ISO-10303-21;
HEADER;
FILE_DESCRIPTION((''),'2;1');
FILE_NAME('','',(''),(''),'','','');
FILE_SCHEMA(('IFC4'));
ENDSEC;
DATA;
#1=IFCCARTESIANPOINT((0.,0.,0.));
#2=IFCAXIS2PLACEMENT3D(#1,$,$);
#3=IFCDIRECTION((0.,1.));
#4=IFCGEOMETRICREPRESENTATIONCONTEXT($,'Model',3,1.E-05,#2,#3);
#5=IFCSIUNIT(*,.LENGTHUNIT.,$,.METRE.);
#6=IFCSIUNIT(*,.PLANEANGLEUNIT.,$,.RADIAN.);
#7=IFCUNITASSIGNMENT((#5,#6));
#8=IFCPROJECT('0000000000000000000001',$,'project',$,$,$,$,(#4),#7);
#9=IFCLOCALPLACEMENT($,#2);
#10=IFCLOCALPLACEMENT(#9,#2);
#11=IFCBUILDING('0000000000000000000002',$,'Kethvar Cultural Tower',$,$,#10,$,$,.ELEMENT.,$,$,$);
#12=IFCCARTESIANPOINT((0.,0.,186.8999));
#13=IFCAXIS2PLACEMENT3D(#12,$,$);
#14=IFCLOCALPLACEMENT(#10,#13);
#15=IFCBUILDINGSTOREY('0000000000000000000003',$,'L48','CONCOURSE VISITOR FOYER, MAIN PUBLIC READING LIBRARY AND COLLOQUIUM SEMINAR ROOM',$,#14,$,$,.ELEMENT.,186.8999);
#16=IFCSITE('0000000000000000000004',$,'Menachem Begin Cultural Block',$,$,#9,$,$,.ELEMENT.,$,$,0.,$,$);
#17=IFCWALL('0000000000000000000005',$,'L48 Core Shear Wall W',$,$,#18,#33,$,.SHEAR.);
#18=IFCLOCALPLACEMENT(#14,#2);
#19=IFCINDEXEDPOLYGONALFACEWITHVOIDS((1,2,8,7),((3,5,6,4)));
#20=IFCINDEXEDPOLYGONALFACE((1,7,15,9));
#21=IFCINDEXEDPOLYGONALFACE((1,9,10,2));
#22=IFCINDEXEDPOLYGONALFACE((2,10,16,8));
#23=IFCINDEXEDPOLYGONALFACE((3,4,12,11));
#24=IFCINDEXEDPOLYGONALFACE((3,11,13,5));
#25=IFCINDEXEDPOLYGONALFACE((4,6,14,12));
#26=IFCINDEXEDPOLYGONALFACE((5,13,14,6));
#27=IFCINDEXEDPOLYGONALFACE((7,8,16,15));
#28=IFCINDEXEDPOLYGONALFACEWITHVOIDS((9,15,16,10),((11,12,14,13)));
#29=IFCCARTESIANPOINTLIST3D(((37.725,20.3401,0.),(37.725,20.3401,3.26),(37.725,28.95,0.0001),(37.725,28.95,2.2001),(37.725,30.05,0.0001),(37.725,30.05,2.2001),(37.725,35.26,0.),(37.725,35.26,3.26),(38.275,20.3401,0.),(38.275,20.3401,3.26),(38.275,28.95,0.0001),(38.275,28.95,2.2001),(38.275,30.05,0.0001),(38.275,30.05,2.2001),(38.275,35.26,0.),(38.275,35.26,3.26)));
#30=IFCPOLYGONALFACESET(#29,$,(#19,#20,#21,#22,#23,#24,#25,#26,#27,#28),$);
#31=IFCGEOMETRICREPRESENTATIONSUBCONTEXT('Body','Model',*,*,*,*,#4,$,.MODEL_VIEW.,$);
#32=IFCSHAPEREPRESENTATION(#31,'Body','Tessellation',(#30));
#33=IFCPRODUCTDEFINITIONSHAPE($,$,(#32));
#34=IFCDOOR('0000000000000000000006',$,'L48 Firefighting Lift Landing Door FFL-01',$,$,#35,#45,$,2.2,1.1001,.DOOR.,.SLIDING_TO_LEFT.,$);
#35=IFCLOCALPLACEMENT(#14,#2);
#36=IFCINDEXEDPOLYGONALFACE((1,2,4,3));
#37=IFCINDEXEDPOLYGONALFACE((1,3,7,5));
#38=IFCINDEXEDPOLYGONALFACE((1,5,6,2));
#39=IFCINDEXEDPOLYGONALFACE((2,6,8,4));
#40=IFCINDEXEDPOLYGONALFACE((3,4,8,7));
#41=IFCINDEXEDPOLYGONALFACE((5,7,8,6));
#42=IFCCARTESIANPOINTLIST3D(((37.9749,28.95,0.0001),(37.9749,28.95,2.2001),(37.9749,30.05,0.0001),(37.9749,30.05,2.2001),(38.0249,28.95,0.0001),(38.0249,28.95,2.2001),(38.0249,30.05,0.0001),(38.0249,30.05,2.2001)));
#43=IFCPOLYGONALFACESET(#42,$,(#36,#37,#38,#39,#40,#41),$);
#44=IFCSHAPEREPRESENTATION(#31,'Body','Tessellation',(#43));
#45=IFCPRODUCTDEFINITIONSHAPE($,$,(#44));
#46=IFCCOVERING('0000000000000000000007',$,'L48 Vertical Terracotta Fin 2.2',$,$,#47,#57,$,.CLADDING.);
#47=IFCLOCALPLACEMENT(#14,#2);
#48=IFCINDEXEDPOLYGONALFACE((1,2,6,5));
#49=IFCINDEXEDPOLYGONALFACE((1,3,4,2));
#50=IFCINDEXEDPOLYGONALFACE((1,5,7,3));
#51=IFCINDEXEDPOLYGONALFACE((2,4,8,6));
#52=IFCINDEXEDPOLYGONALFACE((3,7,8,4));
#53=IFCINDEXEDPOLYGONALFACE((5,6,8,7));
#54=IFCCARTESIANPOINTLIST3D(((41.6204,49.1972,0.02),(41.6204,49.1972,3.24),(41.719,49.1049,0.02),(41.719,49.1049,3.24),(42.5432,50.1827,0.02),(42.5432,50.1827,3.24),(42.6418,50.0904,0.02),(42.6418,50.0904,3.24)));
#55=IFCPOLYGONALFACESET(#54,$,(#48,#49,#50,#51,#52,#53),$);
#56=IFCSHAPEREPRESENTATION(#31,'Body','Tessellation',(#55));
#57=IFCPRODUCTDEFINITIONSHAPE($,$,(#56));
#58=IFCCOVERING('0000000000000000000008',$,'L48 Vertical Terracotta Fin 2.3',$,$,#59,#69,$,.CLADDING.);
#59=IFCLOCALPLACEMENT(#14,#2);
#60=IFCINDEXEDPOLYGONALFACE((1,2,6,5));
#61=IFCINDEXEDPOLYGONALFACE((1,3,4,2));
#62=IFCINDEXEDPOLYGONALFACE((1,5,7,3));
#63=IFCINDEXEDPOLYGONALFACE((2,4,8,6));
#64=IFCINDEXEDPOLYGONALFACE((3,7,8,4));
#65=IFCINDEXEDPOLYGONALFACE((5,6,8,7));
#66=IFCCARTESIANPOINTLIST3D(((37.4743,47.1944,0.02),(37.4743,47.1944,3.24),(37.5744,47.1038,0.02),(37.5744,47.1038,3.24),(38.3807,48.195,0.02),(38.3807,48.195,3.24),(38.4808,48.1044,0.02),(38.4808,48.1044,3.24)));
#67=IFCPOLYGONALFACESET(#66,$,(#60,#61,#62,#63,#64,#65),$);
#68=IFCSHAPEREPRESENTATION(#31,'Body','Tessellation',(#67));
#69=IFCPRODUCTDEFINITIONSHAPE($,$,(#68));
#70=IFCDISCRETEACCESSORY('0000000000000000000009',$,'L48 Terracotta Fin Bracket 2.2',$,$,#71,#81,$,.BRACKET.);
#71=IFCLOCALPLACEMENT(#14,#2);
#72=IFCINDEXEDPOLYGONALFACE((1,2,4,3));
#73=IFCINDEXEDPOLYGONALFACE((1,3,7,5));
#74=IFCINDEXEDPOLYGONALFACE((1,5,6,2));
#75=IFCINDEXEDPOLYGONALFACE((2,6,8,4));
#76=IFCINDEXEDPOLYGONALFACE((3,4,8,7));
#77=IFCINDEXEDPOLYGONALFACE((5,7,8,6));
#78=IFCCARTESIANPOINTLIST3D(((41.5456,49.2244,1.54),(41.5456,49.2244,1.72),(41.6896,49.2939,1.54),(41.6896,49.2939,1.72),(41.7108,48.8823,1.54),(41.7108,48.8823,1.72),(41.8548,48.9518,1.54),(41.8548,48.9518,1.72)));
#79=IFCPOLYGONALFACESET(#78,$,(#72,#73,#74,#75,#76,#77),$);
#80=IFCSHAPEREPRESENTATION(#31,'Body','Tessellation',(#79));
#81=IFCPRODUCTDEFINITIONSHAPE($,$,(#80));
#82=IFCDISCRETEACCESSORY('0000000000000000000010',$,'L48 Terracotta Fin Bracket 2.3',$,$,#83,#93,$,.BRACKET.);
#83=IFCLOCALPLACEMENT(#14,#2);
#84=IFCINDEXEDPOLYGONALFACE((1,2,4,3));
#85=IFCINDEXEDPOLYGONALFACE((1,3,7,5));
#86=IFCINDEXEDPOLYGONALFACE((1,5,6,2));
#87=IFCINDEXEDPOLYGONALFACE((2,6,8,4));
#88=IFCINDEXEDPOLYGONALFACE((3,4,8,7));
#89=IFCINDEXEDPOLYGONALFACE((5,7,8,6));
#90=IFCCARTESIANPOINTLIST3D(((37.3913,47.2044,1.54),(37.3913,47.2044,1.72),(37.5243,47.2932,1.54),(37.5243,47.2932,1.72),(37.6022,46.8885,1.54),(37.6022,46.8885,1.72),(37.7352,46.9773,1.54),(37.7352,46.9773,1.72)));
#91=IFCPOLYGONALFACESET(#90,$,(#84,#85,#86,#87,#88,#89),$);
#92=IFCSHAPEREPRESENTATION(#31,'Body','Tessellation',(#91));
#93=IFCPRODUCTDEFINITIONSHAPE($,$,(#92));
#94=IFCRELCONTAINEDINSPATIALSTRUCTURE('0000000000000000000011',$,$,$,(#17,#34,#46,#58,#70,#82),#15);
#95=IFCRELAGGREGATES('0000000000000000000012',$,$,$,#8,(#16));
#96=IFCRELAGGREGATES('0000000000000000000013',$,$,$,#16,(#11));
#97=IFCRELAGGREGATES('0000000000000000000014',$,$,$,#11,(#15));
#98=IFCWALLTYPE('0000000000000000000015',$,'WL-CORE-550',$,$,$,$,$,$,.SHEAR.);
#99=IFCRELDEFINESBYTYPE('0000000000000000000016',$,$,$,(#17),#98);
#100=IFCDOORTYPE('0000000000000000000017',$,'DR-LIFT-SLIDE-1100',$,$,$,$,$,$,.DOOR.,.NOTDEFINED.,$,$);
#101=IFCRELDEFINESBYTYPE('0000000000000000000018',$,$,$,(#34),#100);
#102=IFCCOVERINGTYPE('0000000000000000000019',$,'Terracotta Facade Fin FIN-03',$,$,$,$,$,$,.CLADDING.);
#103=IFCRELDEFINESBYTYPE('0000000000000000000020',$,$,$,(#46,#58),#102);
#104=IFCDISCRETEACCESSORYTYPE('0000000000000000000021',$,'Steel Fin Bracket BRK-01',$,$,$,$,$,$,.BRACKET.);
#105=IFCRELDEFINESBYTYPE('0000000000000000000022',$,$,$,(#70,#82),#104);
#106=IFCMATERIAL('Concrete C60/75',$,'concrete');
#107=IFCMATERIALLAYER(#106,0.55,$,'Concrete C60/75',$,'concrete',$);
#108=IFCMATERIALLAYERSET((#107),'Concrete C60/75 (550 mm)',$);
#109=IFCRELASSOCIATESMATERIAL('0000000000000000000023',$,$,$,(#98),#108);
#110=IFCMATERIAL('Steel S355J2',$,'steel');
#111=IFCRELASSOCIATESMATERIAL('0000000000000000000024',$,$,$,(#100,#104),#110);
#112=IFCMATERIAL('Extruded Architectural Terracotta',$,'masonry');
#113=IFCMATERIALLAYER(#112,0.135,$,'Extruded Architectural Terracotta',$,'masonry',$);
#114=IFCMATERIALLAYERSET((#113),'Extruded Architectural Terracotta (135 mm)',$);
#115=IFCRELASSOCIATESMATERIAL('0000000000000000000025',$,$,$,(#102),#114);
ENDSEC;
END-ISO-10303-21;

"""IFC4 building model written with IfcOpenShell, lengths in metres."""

from ifc_helpers import new_model, si_unit, direction, frame, frame_2d, origin, origin_2d, place, context, subcontext, project, spatial, rectangle, extrude, source, transform, mapped, material, layer, layer_set, type_object, element, fill, save


model = new_model("IFC4")

# Units and contexts
model_context = context("Model", 3, precision=1e-05, world=origin(), true_north=direction((0.0, 1.0)))
body_context = subcontext(model_context, "Body", "Model", "MODEL_VIEW")
ifc_project = project(units=[si_unit("LENGTHUNIT", "METRE"), si_unit("PLANEANGLEUNIT", "RADIAN")], contexts=[model_context])

# Site, building, storey
site_placement = place(None, origin())
site = spatial("IfcSite", under=ifc_project, at=site_placement, Name="Menachem Begin Cultural Block", CompositionType="ELEMENT", RefElevation=0.0)
building_placement = place(site_placement, origin())
building = spatial("IfcBuilding", under=site, at=building_placement, Name="Kethvar Cultural Tower", CompositionType="ELEMENT")
storey_placement = place(building_placement, frame((0.0, 0.0, 186.8999)))
storey = spatial("IfcBuildingStorey", under=building, at=storey_placement, Name="L48", Description="CONCOURSE VISITOR FOYER, MAIN PUBLIC READING LIBRARY AND COLLOQUIUM SEMINAR ROOM", CompositionType="ELEMENT", Elevation=186.8999)

# Shared definitions
ifc_material_1 = material(Name="Steel S355J2", Category="steel")

# Wall, opening, door
ifc_material_2 = material(Name="Concrete C60/75", Category="concrete")
ifc_layer_1 = layer(ifc_material_2, 0.55, Name="Concrete C60/75", Category="concrete")
ifc_layer_set_1 = layer_set([ifc_layer_1], Name="Concrete C60/75 (550 mm)")
wall_type = type_object("IfcWallType", Name="WL-CORE-550", PredefinedType="SHEAR", material=ifc_layer_set_1)
wall_placement = place(storey_placement, frame((38.0, 35.26, 0.0), z_axis=(0.0, 0.0, 1.0), x_axis=(0.0, -1.0, 0.0)))
wall = element("IfcWall", 1, at=wall_placement, inside=storey, type_object=wall_type, Name="L48 Core Shear Wall W", PredefinedType="SHEAR", context=body_context, shape_type="SweptSolid", body=[
    extrude(rectangle(XDim=14.9199, YDim=0.55, at=frame_2d((7.46, 0.0))), origin(), (0.0, 0.0, 1.0), 3.26),
])
opening_placement = place(wall_placement, frame((5.21, 0.0, 0.0)))
opening = element("IfcOpeningElement", 2, at=opening_placement, cuts=wall, PredefinedType="OPENING", context=body_context, shape_type="SweptSolid", body=[
    extrude(rectangle(XDim=1.1001, YDim=2.2, at=frame_2d((0.55, 1.1001))), frame((0.0, 0.2849, 0.0), z_axis=(0.0, -1.0, 0.0), x_axis=(1.0, 0.0, 0.0)), (0.0, 0.0, 1.0), 0.5701),
])
door_type = type_object("IfcDoorType", Name="DR-LIFT-SLIDE-1100", OperationType="NOTDEFINED", PredefinedType="DOOR", material=ifc_material_1)
shared_shape_1 = source(origin(), body_context, "Body", "SweptSolid", [
    extrude(rectangle(XDim=1.1001, YDim=2.2, at=frame_2d((0.55, 1.1001))), frame((0.0, 0.0249, 0.0), z_axis=(0.0, -1.0, 0.0), x_axis=(1.0, 0.0, 0.0)), (0.0, 0.0, 1.0), 0.05),
])
door_placement = place(opening_placement, origin())
door = element("IfcDoor", 3, at=door_placement, inside=storey, type_object=door_type, Name="L48 Firefighting Lift Landing Door FFL-01", OperationType="SLIDING_TO_LEFT", OverallHeight=2.2, OverallWidth=1.1001, PredefinedType="DOOR", context=body_context, shape_type="MappedRepresentation", body=[
    mapped(shared_shape_1, transform((0.0, 0.0, 0.0), scale=1.0)),
])
fill(opening, door)

# Coverings
ifc_material_3 = material(Name="Extruded Architectural Terracotta", Category="masonry")
ifc_layer_2 = layer(ifc_material_3, 0.135, Name="Extruded Architectural Terracotta", Category="masonry")
ifc_layer_set_2 = layer_set([ifc_layer_2], Name="Extruded Architectural Terracotta (135 mm)")
covering_type = type_object("IfcCoveringType", Name="Terracotta Facade Fin FIN-03", PredefinedType="CLADDING", material=ifc_layer_set_2)
shared_shape_2 = source(origin(), body_context, "Body", "SweptSolid", [
    extrude(rectangle(XDim=1.3501, YDim=0.135, at=origin_2d()), origin(), (0.0, 0.0, 1.0), 3.22),
])
for number, where, z_axis, x_axis, name in (
    (4, (42.1311, 49.6438, 0.02), (0.0, 0.0, 1.0), (0.683529, 0.729924, 0.0), "L48 Vertical Terracotta Fin 2.2"),
    (5, (37.9775, 47.6494, 0.02), (0.0, 0.0, 1.0), (0.671333, 0.741156, 0.0), "L48 Vertical Terracotta Fin 2.3"),
):
    element("IfcCovering", number, at=place(storey_placement, frame(where, z_axis=z_axis, x_axis=x_axis)), inside=storey, type_object=covering_type, Name=name, PredefinedType="CLADDING", context=body_context, shape_type="MappedRepresentation", body=[
        mapped(shared_shape_2, transform((0.0, 0.0, 0.0), scale=1.0)),
    ])

# Discrete accessories
discrete_accessory_type = type_object("IfcDiscreteAccessoryType", Name="Steel Fin Bracket BRK-01", PredefinedType="BRACKET", material=ifc_material_1)
shared_shape_3 = source(origin(), body_context, "Body", "SweptSolid", [
    extrude(rectangle(XDim=0.3799, YDim=0.1599, at=origin_2d()), origin(), (0.0, 0.0, 1.0), 0.1799),
])
for number, where, z_axis, x_axis, name in (
    (6, (41.7002, 49.0881, 1.54), (0.0, 0.0, 1.0), (-0.43476, 0.900547, 0.0), "L48 Terracotta Fin Bracket 2.2"),
    (7, (37.5632, 47.0908, 1.54), (0.0, 0.0, 1.0), (-0.55528, 0.831663, 0.0), "L48 Terracotta Fin Bracket 2.3"),
):
    element("IfcDiscreteAccessory", number, at=place(storey_placement, frame(where, z_axis=z_axis, x_axis=x_axis)), inside=storey, type_object=discrete_accessory_type, Name=name, PredefinedType="BRACKET", context=body_context, shape_type="MappedRepresentation", body=[
        mapped(shared_shape_3, transform((0.0, 0.0, 0.0), scale=1.0)),
    ])

save(model, "model.ifc")
